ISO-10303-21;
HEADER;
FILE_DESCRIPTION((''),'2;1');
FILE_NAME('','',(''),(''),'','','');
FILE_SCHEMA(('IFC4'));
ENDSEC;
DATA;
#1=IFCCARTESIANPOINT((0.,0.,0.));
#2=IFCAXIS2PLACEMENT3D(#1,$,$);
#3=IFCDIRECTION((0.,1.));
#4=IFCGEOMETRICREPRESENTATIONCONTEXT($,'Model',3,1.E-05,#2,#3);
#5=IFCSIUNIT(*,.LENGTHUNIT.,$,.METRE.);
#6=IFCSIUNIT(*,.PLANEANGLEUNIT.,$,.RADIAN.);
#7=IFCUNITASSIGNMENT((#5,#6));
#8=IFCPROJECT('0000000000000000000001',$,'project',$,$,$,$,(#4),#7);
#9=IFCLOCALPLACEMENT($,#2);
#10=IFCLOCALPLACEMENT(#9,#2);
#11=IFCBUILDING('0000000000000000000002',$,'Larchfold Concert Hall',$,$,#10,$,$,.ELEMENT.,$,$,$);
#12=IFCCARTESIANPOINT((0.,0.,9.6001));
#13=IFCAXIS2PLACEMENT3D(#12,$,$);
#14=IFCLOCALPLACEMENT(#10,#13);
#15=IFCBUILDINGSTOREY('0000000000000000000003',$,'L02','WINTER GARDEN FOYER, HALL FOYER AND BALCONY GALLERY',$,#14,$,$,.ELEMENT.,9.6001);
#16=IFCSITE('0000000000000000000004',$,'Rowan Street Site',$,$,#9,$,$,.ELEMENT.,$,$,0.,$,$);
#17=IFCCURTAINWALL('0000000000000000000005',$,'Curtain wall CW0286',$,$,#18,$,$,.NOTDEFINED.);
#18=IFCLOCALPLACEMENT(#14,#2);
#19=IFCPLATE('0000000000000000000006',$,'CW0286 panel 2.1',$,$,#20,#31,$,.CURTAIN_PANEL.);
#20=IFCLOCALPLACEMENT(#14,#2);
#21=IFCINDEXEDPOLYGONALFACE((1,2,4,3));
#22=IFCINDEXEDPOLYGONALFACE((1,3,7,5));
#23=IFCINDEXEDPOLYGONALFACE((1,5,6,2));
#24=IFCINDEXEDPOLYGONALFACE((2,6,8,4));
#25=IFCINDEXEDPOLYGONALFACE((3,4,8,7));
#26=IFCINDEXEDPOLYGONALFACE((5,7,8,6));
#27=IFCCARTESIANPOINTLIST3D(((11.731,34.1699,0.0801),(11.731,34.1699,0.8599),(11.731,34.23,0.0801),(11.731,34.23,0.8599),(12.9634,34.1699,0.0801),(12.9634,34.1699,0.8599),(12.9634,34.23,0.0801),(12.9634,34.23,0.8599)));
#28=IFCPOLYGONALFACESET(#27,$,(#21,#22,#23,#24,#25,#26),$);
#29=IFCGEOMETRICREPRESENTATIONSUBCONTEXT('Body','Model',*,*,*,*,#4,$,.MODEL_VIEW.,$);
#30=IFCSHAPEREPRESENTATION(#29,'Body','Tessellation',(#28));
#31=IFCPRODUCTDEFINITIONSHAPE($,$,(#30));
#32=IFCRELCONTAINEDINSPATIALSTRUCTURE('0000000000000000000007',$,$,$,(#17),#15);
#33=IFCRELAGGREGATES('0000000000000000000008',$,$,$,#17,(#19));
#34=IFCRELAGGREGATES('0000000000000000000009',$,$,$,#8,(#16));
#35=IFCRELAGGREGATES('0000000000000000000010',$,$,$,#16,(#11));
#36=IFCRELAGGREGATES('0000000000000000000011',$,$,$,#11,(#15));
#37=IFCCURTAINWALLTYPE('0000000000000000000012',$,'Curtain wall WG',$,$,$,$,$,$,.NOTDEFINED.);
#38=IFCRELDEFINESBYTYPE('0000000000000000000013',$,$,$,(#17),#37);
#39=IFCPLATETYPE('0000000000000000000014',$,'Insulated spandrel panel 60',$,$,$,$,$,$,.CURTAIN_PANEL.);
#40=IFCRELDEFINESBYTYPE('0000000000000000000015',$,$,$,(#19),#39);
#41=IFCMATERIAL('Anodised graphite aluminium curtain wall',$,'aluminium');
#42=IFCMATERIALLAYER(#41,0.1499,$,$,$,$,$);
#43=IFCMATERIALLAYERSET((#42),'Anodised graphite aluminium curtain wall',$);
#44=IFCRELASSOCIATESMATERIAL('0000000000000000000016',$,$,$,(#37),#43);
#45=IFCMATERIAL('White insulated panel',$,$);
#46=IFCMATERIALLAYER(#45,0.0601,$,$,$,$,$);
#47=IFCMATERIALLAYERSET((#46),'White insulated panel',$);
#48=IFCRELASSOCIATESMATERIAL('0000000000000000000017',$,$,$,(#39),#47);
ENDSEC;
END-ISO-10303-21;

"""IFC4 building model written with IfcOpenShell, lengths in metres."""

from ifc_helpers import new_model, si_unit, direction, frame, origin, origin_2d, place, context, subcontext, project, spatial, rectangle, extrude, material, layer, layer_set, type_object, element, aggregate, save


model = new_model("IFC4")

# Units and contexts
model_context = context("Model", 3, precision=1e-05, world=origin(), true_north=direction((0.0, 1.0)))
body_context = subcontext(model_context, "Body", "Model", "MODEL_VIEW")
ifc_project = project(units=[si_unit("LENGTHUNIT", "METRE"), si_unit("PLANEANGLEUNIT", "RADIAN")], contexts=[model_context])

# Site, building, storey
site_placement = place(None, origin())
site = spatial("IfcSite", under=ifc_project, at=site_placement, Name="Rowan Street Site", CompositionType="ELEMENT", RefElevation=0.0)
building_placement = place(site_placement, origin())
building = spatial("IfcBuilding", under=site, at=building_placement, Name="Larchfold Concert Hall", CompositionType="ELEMENT")
storey_placement = place(building_placement, frame((0.0, 0.0, 9.6001)))
storey = spatial("IfcBuildingStorey", under=building, at=storey_placement, Name="L02", Description="WINTER GARDEN FOYER, HALL FOYER AND BALCONY GALLERY", CompositionType="ELEMENT", Elevation=9.6001)

# Curtain wall
ifc_material_1 = material(Name="Anodised graphite aluminium curtain wall", Category="aluminium")
ifc_layer_1 = layer(ifc_material_1, 0.1499)
ifc_layer_set_1 = layer_set([ifc_layer_1], Name="Anodised graphite aluminium curtain wall")
curtain_wall_type = type_object("IfcCurtainWallType", Name="Curtain wall WG", PredefinedType="NOTDEFINED", material=ifc_layer_set_1)
curtain_wall_1_placement = place(storey_placement, origin())
curtain_wall_1 = element("IfcCurtainWall", 1, at=curtain_wall_1_placement, inside=storey, type_object=curtain_wall_type, Name="Curtain wall CW0286", PredefinedType="NOTDEFINED")

# Plate
ifc_material_2 = material(Name="White insulated panel")
ifc_layer_2 = layer(ifc_material_2, 0.0601)
ifc_layer_set_2 = layer_set([ifc_layer_2], Name="White insulated panel")
plate_type_1 = type_object("IfcPlateType", Name="Insulated spandrel panel 60", PredefinedType="CURTAIN_PANEL", material=ifc_layer_set_2)
plate_1_placement = place(storey_placement, frame((12.3472, 34.2, 0.0801), z_axis=(0.0, 0.0, 1.0), x_axis=(1.0, 0.0, 0.0)))
plate_1 = element("IfcPlate", 2, at=plate_1_placement, type_object=plate_type_1, Name="CW0286 panel 2.1", PredefinedType="CURTAIN_PANEL", context=body_context, shape_type="SweptSolid", body=[
    extrude(rectangle(XDim=1.2324, YDim=0.0601, at=origin_2d()), origin(), (0.0, 0.0, 1.0), 0.7798),
])
aggregate(curtain_wall_1, [plate_1])

save(model, "model.ifc")
